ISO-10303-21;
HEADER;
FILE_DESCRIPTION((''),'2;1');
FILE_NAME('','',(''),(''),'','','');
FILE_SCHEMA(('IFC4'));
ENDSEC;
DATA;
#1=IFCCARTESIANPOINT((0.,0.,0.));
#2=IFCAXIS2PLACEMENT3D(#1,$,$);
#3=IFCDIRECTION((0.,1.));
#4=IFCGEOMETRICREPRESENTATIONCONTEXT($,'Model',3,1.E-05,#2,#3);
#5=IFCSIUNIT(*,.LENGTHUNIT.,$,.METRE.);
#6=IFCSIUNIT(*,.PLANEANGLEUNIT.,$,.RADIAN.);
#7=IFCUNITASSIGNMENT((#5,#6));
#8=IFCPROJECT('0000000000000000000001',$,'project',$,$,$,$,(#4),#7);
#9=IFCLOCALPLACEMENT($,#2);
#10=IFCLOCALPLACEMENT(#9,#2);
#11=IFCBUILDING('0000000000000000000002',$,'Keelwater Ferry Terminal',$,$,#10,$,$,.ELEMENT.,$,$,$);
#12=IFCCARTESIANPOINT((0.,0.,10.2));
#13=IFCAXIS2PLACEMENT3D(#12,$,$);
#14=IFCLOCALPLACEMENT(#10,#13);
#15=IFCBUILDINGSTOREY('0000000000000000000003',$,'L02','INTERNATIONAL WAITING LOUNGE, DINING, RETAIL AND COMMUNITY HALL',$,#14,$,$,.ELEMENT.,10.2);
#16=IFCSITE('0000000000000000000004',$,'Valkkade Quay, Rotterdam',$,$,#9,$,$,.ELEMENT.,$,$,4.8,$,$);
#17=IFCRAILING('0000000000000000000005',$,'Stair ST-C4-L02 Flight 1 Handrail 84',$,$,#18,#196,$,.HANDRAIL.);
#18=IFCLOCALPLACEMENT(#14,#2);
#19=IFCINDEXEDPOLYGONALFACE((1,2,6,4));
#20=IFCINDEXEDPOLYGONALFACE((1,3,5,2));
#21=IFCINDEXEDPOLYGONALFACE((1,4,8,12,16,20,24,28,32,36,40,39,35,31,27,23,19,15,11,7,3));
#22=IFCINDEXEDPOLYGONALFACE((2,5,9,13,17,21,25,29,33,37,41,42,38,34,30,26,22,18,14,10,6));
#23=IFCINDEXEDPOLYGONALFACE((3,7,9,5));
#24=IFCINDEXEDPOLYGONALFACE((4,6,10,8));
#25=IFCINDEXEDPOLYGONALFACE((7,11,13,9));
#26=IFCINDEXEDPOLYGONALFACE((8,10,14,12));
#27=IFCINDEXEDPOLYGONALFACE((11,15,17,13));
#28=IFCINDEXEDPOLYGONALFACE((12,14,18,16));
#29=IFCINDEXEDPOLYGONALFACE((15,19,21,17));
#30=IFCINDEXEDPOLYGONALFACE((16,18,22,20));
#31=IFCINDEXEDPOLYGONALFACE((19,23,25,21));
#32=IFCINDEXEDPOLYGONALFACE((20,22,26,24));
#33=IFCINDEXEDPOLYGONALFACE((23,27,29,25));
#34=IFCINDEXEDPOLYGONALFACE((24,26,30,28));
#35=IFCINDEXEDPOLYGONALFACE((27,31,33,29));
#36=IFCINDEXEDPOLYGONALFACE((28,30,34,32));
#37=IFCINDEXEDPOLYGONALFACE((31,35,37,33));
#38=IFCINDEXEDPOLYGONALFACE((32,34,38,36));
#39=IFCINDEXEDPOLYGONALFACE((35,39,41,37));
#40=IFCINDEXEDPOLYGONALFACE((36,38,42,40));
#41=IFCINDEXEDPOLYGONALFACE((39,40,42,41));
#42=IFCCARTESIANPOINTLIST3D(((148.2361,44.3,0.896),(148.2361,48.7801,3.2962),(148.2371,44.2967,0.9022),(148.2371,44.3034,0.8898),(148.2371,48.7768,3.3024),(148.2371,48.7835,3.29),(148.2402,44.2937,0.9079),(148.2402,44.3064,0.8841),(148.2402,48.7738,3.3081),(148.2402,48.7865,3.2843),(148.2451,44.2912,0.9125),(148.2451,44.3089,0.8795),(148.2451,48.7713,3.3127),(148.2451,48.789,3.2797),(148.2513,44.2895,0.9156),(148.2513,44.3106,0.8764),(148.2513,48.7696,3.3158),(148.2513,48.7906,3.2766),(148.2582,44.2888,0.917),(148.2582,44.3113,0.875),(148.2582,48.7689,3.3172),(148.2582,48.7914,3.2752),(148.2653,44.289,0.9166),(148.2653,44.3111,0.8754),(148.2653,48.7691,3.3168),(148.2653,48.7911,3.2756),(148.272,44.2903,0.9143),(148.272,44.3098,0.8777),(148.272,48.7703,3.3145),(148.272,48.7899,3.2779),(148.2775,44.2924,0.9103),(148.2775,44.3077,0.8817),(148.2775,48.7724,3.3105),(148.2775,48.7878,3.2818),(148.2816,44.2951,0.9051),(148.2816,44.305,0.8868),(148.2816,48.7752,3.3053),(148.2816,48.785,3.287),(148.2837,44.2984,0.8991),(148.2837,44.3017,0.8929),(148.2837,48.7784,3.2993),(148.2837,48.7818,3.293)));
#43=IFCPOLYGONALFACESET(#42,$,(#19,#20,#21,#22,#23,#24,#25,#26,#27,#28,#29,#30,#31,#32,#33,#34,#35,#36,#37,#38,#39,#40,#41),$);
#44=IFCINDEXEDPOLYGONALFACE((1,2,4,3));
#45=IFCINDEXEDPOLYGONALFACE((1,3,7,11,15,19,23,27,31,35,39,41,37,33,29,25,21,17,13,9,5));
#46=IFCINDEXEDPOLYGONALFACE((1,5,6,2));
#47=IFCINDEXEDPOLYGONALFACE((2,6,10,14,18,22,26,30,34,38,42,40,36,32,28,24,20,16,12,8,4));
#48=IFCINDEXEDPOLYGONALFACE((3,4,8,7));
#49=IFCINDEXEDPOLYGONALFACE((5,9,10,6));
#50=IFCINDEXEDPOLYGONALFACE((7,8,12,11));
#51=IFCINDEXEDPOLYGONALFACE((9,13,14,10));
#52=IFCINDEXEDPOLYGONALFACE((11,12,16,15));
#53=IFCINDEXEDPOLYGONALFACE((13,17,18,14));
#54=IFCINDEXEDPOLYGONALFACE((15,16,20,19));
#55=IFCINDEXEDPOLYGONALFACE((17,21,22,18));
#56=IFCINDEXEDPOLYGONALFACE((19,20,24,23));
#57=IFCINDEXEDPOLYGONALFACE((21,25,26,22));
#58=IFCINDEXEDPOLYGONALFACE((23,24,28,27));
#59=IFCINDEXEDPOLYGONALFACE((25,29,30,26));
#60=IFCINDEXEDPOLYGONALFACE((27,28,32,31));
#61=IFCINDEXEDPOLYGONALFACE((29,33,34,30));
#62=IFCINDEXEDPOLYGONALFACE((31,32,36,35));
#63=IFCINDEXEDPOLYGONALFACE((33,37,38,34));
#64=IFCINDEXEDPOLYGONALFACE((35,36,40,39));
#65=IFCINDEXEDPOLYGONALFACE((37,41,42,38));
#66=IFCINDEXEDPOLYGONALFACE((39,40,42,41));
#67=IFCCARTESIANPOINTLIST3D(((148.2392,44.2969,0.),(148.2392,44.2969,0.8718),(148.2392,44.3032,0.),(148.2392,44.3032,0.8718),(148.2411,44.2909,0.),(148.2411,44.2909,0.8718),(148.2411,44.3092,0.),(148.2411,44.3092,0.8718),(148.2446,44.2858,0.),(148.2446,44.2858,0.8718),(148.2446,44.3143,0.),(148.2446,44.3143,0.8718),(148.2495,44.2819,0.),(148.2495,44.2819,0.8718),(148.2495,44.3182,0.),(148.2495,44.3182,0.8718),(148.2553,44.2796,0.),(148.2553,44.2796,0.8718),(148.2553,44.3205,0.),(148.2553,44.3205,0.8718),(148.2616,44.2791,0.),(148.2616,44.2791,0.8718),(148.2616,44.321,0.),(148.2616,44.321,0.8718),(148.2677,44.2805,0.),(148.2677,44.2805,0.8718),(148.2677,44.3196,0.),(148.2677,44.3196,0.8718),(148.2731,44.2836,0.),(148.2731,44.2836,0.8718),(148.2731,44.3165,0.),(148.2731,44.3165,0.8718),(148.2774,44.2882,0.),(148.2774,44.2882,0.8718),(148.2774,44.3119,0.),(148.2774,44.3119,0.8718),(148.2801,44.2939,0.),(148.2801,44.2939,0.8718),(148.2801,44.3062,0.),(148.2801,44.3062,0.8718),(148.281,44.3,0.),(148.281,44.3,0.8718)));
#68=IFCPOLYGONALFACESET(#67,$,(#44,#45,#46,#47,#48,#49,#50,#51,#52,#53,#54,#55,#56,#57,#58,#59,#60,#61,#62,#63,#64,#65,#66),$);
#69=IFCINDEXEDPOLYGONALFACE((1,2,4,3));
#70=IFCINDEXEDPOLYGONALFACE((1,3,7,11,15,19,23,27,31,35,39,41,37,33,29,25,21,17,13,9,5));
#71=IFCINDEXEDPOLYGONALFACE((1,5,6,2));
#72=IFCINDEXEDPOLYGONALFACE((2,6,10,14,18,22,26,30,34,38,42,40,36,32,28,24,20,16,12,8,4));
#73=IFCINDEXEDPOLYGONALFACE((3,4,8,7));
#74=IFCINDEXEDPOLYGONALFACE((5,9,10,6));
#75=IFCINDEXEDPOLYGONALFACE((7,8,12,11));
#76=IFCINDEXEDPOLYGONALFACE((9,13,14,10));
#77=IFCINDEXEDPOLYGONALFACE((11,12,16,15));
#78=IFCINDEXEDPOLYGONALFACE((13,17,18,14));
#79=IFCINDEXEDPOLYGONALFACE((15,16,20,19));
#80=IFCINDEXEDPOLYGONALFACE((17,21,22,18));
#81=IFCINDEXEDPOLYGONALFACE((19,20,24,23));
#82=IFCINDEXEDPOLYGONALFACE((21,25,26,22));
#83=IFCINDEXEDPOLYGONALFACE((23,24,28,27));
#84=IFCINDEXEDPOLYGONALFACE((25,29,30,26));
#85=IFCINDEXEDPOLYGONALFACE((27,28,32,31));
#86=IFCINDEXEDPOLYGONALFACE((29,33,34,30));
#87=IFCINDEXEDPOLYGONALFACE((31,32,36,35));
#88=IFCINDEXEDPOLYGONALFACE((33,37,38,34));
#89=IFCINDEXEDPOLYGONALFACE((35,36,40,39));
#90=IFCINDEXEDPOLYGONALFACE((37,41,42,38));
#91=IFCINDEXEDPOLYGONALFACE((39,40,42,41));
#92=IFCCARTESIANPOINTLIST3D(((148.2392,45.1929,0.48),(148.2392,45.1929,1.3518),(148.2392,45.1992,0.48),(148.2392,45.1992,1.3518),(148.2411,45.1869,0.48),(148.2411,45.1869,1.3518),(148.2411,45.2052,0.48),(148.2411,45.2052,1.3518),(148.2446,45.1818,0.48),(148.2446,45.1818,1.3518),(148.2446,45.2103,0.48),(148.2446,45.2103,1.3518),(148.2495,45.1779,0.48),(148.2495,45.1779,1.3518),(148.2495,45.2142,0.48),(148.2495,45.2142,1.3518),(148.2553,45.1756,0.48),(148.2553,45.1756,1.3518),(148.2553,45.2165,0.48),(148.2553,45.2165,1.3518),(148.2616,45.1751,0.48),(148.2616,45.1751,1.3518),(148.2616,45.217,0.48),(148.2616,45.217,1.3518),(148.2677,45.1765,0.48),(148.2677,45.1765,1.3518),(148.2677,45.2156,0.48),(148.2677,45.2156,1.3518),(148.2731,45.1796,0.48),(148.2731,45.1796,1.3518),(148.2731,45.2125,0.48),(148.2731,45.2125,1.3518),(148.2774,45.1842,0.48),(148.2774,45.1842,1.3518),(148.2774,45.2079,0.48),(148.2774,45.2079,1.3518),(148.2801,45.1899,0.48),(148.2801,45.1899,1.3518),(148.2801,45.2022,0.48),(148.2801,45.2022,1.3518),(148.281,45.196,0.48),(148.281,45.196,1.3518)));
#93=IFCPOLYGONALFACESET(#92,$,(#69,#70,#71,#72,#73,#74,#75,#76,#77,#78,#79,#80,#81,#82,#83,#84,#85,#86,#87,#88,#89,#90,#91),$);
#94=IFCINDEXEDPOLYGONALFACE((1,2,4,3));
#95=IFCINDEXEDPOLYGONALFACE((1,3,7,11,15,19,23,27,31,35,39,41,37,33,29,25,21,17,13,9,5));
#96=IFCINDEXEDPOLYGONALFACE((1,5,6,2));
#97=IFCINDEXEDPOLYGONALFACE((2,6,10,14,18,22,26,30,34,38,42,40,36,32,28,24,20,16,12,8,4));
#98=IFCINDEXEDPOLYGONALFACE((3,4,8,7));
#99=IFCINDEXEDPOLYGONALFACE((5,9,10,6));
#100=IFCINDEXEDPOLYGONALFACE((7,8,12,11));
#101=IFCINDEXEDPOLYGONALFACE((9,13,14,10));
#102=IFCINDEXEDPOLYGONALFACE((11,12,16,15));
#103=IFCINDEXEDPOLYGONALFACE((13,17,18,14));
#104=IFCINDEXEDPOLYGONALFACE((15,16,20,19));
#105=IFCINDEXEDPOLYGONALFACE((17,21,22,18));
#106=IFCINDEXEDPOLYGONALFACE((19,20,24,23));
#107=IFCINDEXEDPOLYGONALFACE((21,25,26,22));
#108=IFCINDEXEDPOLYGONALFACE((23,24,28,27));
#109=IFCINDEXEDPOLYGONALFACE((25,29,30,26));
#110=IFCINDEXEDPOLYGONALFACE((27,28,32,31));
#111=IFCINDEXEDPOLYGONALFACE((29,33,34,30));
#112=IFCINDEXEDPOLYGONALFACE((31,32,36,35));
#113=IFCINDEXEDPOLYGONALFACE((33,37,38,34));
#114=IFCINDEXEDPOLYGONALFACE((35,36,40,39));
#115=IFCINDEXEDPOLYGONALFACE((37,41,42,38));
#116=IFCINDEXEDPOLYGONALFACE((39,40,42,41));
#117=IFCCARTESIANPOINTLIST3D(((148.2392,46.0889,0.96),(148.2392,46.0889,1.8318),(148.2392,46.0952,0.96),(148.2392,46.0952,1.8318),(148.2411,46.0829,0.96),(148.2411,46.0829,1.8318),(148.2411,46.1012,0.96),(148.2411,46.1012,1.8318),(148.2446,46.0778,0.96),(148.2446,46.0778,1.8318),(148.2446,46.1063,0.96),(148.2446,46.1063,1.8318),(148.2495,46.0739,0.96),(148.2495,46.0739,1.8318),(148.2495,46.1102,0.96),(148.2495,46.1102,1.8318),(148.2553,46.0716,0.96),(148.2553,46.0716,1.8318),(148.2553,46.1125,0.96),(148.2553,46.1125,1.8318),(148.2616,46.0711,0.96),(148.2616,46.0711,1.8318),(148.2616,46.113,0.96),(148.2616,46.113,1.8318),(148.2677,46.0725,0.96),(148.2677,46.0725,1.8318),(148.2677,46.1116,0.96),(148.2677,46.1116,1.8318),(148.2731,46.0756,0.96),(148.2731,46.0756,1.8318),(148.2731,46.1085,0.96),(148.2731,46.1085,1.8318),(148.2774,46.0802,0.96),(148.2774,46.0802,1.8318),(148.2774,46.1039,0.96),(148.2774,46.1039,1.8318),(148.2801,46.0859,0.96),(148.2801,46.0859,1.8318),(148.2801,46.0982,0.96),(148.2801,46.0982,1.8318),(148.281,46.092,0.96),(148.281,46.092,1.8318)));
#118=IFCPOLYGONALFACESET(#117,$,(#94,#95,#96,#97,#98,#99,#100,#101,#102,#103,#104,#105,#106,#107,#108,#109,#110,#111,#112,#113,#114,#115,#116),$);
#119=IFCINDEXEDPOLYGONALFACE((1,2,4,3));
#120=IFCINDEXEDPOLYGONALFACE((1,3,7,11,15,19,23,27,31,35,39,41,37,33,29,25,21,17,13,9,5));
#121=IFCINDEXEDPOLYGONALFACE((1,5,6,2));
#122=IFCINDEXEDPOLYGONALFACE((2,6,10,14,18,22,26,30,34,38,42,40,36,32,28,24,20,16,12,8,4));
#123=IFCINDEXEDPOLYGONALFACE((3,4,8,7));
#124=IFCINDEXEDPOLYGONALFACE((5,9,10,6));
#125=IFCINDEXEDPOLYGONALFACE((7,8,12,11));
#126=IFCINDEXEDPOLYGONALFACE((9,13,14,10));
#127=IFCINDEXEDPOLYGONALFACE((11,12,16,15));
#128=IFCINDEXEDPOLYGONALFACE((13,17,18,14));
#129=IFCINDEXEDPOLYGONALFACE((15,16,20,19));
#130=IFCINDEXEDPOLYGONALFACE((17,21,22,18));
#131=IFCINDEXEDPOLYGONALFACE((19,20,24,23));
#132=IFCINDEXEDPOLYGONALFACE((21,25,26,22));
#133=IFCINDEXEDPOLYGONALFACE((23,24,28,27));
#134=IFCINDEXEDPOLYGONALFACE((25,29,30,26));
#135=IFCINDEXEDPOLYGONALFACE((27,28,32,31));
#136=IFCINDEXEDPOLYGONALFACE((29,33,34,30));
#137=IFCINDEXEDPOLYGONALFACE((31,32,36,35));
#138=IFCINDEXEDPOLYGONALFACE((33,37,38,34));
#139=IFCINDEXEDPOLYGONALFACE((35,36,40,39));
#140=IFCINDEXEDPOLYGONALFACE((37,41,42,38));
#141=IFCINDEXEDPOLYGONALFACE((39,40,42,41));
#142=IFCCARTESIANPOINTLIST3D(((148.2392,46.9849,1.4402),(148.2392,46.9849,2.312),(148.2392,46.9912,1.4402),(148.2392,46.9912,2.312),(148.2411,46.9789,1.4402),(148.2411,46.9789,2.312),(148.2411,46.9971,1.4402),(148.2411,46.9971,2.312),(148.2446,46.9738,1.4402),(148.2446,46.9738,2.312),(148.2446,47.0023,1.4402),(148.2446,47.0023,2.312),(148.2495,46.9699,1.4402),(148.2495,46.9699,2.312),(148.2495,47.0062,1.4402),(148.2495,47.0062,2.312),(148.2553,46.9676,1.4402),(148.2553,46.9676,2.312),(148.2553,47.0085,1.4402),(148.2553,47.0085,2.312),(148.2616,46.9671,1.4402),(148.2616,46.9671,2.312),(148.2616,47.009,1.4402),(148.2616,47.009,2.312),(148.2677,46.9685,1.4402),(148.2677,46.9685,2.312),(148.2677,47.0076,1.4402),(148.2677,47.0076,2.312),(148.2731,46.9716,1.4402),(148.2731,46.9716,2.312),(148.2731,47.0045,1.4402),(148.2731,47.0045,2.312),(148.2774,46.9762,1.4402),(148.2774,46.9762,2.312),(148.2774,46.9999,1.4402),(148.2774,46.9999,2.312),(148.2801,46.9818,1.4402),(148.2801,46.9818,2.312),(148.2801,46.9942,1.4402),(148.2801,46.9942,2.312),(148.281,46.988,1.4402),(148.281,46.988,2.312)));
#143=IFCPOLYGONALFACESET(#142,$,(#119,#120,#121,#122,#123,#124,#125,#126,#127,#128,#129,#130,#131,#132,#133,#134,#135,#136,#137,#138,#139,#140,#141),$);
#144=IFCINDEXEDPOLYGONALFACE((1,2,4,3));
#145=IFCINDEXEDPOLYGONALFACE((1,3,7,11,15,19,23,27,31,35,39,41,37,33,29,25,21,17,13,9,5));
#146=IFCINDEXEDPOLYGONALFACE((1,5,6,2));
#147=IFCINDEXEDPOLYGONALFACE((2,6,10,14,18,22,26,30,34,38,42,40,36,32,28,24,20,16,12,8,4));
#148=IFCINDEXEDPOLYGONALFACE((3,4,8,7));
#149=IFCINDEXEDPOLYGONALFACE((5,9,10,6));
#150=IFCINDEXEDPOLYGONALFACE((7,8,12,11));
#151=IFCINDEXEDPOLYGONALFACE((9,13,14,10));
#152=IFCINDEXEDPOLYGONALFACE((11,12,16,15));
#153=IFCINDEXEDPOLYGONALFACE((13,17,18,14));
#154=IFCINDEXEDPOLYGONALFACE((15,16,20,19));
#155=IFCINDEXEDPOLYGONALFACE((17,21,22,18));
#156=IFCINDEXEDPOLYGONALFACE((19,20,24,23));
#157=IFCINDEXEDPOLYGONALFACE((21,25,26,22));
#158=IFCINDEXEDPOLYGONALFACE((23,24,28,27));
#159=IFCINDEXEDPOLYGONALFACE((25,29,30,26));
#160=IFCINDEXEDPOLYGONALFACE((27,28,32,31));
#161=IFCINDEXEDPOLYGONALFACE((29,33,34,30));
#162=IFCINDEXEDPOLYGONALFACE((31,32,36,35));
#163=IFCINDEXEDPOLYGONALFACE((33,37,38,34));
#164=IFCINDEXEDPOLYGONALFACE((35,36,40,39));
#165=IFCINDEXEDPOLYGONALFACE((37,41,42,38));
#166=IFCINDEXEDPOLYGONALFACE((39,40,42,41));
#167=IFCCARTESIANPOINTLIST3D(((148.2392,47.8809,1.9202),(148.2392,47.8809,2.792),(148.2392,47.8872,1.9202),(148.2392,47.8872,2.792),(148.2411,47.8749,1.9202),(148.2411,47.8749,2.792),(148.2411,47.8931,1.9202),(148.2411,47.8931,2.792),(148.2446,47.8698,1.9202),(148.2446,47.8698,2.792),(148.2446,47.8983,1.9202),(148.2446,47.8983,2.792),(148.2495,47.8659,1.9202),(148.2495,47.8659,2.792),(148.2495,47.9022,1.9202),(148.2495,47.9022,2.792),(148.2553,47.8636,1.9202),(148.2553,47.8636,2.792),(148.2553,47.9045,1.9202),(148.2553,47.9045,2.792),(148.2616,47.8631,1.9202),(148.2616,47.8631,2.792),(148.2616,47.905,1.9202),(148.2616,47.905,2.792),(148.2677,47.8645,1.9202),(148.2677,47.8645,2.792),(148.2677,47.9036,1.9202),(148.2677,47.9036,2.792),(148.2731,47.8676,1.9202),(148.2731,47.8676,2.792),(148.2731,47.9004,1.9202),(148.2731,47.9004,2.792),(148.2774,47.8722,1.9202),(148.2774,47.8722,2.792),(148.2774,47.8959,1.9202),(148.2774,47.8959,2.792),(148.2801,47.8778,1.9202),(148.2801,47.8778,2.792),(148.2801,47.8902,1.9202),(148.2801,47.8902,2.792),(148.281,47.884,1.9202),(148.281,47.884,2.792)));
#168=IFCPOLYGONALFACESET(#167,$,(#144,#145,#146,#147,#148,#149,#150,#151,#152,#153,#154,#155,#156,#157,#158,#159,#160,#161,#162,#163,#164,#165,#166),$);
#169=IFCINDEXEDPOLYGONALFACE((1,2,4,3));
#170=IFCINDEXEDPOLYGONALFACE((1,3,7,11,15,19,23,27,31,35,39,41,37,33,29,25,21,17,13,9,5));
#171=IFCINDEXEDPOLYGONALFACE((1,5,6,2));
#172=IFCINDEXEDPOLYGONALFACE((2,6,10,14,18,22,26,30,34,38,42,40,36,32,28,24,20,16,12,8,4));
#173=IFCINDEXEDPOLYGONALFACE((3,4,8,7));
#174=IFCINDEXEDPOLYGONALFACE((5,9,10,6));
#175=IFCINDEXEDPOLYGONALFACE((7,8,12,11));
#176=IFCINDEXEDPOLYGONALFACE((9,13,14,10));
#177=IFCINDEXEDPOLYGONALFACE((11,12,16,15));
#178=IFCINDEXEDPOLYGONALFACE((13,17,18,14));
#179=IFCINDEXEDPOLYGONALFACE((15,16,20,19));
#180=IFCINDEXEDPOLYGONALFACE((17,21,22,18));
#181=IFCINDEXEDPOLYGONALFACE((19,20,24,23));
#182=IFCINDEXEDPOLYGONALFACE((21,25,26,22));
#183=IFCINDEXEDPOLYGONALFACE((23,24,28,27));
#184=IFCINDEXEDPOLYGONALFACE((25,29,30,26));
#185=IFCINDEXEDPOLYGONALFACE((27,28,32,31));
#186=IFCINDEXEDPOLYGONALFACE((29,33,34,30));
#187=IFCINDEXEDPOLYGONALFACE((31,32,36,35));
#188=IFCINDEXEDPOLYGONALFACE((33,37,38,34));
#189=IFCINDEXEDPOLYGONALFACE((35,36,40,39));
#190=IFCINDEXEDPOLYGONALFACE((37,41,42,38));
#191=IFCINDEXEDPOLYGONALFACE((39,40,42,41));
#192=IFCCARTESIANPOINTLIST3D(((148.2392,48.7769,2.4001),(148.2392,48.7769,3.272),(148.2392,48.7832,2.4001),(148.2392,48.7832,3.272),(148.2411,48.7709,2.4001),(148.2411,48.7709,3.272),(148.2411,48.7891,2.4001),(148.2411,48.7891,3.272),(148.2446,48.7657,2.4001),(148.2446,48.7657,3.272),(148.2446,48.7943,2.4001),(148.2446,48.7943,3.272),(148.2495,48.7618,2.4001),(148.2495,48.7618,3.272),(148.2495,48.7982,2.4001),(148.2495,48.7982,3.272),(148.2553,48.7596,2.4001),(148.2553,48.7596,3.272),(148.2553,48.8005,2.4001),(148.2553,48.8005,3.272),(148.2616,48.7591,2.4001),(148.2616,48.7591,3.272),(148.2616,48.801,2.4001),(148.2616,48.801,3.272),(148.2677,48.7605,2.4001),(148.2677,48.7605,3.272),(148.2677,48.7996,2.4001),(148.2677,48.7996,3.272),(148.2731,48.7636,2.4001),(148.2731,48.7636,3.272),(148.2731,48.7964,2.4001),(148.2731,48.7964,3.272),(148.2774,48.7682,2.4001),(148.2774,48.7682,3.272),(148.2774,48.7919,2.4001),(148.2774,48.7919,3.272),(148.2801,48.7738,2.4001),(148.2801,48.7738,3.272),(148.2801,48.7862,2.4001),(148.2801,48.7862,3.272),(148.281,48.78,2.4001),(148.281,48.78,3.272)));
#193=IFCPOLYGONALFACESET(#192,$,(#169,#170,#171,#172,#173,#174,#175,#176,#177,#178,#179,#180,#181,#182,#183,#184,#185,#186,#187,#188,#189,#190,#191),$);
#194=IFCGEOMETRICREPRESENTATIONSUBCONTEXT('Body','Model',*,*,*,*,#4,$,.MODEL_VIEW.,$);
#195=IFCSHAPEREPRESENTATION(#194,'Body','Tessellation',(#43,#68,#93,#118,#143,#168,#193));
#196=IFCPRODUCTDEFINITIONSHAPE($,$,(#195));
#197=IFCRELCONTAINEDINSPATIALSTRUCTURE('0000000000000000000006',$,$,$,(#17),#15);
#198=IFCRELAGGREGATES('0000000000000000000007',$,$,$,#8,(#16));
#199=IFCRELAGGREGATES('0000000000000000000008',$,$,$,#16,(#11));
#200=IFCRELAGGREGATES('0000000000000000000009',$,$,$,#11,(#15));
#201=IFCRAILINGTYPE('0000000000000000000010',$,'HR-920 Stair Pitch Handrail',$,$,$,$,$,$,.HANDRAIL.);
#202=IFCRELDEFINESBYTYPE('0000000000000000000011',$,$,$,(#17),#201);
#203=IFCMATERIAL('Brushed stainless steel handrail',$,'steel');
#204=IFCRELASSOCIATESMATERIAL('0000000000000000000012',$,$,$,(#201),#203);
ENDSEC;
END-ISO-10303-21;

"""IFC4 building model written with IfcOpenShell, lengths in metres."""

from ifc_helpers import new_model, si_unit, direction, frame, origin, origin_2d, place, context, subcontext, project, spatial, circle, extrude, material, type_object, element, save


model = new_model("IFC4")

# Units and contexts
model_context = context("Model", 3, precision=1e-05, world=origin(), true_north=direction((0.0, 1.0)))
body_context = subcontext(model_context, "Body", "Model", "MODEL_VIEW")
ifc_project = project(units=[si_unit("LENGTHUNIT", "METRE"), si_unit("PLANEANGLEUNIT", "RADIAN")], contexts=[model_context])

# Site, building, storey
site_placement = place(None, origin())
site = spatial("IfcSite", under=ifc_project, at=site_placement, Name="Valkkade Quay, Rotterdam", CompositionType="ELEMENT", RefElevation=4.8)
building_placement = place(site_placement, origin())
building = spatial("IfcBuilding", under=site, at=building_placement, Name="Keelwater Ferry Terminal", CompositionType="ELEMENT")
storey_placement = place(building_placement, frame((0.0, 0.0, 10.2)))
storey = spatial("IfcBuildingStorey", under=building, at=storey_placement, Name="L02", Description="INTERNATIONAL WAITING LOUNGE, DINING, RETAIL AND COMMUNITY HALL", CompositionType="ELEMENT", Elevation=10.2)

# Railing
ifc_material_1 = material(Name="Brushed stainless steel handrail", Category="steel")
railing_type_1 = type_object("IfcRailingType", Name="HR-920 Stair Pitch Handrail", PredefinedType="HANDRAIL", material=ifc_material_1)
railing_1_placement = place(storey_placement, frame((148.26, 44.3, 0.0)))
element("IfcRailing", 1, at=railing_1_placement, inside=storey, type_object=railing_type_1, Name="Stair ST-C4-L02 Flight 1 Handrail 84", PredefinedType="HANDRAIL", context=body_context, shape_type="SweptSolid", body=[
    extrude(circle(Radius=0.0239, at=origin_2d()), frame((0.0, 0.0, 0.896), z_axis=(0.0, 0.881467, 0.472245), x_axis=(-1.0, 0.0, 0.0)), (0.0, 0.0, 1.0), 5.0825),
    extrude(circle(Radius=0.021, at=origin_2d()), origin(), (0.0, 0.0, 1.0), 0.8718),
    extrude(circle(Radius=0.021, at=origin_2d()), frame((0.0, 0.896, 0.48)), (0.0, 0.0, 1.0), 0.8718),
    extrude(circle(Radius=0.021, at=origin_2d()), frame((0.0, 1.792, 0.96)), (0.0, 0.0, 1.0), 0.8718),
    extrude(circle(Radius=0.021, at=origin_2d()), frame((0.0, 2.688, 1.4402)), (0.0, 0.0, 1.0), 0.8718),
    extrude(circle(Radius=0.021, at=origin_2d()), frame((0.0, 3.584, 1.9202)), (0.0, 0.0, 1.0), 0.8718),
    extrude(circle(Radius=0.021, at=origin_2d()), frame((0.0, 4.48, 2.4001)), (0.0, 0.0, 1.0), 0.8718),
])

save(model, "model.ifc")
